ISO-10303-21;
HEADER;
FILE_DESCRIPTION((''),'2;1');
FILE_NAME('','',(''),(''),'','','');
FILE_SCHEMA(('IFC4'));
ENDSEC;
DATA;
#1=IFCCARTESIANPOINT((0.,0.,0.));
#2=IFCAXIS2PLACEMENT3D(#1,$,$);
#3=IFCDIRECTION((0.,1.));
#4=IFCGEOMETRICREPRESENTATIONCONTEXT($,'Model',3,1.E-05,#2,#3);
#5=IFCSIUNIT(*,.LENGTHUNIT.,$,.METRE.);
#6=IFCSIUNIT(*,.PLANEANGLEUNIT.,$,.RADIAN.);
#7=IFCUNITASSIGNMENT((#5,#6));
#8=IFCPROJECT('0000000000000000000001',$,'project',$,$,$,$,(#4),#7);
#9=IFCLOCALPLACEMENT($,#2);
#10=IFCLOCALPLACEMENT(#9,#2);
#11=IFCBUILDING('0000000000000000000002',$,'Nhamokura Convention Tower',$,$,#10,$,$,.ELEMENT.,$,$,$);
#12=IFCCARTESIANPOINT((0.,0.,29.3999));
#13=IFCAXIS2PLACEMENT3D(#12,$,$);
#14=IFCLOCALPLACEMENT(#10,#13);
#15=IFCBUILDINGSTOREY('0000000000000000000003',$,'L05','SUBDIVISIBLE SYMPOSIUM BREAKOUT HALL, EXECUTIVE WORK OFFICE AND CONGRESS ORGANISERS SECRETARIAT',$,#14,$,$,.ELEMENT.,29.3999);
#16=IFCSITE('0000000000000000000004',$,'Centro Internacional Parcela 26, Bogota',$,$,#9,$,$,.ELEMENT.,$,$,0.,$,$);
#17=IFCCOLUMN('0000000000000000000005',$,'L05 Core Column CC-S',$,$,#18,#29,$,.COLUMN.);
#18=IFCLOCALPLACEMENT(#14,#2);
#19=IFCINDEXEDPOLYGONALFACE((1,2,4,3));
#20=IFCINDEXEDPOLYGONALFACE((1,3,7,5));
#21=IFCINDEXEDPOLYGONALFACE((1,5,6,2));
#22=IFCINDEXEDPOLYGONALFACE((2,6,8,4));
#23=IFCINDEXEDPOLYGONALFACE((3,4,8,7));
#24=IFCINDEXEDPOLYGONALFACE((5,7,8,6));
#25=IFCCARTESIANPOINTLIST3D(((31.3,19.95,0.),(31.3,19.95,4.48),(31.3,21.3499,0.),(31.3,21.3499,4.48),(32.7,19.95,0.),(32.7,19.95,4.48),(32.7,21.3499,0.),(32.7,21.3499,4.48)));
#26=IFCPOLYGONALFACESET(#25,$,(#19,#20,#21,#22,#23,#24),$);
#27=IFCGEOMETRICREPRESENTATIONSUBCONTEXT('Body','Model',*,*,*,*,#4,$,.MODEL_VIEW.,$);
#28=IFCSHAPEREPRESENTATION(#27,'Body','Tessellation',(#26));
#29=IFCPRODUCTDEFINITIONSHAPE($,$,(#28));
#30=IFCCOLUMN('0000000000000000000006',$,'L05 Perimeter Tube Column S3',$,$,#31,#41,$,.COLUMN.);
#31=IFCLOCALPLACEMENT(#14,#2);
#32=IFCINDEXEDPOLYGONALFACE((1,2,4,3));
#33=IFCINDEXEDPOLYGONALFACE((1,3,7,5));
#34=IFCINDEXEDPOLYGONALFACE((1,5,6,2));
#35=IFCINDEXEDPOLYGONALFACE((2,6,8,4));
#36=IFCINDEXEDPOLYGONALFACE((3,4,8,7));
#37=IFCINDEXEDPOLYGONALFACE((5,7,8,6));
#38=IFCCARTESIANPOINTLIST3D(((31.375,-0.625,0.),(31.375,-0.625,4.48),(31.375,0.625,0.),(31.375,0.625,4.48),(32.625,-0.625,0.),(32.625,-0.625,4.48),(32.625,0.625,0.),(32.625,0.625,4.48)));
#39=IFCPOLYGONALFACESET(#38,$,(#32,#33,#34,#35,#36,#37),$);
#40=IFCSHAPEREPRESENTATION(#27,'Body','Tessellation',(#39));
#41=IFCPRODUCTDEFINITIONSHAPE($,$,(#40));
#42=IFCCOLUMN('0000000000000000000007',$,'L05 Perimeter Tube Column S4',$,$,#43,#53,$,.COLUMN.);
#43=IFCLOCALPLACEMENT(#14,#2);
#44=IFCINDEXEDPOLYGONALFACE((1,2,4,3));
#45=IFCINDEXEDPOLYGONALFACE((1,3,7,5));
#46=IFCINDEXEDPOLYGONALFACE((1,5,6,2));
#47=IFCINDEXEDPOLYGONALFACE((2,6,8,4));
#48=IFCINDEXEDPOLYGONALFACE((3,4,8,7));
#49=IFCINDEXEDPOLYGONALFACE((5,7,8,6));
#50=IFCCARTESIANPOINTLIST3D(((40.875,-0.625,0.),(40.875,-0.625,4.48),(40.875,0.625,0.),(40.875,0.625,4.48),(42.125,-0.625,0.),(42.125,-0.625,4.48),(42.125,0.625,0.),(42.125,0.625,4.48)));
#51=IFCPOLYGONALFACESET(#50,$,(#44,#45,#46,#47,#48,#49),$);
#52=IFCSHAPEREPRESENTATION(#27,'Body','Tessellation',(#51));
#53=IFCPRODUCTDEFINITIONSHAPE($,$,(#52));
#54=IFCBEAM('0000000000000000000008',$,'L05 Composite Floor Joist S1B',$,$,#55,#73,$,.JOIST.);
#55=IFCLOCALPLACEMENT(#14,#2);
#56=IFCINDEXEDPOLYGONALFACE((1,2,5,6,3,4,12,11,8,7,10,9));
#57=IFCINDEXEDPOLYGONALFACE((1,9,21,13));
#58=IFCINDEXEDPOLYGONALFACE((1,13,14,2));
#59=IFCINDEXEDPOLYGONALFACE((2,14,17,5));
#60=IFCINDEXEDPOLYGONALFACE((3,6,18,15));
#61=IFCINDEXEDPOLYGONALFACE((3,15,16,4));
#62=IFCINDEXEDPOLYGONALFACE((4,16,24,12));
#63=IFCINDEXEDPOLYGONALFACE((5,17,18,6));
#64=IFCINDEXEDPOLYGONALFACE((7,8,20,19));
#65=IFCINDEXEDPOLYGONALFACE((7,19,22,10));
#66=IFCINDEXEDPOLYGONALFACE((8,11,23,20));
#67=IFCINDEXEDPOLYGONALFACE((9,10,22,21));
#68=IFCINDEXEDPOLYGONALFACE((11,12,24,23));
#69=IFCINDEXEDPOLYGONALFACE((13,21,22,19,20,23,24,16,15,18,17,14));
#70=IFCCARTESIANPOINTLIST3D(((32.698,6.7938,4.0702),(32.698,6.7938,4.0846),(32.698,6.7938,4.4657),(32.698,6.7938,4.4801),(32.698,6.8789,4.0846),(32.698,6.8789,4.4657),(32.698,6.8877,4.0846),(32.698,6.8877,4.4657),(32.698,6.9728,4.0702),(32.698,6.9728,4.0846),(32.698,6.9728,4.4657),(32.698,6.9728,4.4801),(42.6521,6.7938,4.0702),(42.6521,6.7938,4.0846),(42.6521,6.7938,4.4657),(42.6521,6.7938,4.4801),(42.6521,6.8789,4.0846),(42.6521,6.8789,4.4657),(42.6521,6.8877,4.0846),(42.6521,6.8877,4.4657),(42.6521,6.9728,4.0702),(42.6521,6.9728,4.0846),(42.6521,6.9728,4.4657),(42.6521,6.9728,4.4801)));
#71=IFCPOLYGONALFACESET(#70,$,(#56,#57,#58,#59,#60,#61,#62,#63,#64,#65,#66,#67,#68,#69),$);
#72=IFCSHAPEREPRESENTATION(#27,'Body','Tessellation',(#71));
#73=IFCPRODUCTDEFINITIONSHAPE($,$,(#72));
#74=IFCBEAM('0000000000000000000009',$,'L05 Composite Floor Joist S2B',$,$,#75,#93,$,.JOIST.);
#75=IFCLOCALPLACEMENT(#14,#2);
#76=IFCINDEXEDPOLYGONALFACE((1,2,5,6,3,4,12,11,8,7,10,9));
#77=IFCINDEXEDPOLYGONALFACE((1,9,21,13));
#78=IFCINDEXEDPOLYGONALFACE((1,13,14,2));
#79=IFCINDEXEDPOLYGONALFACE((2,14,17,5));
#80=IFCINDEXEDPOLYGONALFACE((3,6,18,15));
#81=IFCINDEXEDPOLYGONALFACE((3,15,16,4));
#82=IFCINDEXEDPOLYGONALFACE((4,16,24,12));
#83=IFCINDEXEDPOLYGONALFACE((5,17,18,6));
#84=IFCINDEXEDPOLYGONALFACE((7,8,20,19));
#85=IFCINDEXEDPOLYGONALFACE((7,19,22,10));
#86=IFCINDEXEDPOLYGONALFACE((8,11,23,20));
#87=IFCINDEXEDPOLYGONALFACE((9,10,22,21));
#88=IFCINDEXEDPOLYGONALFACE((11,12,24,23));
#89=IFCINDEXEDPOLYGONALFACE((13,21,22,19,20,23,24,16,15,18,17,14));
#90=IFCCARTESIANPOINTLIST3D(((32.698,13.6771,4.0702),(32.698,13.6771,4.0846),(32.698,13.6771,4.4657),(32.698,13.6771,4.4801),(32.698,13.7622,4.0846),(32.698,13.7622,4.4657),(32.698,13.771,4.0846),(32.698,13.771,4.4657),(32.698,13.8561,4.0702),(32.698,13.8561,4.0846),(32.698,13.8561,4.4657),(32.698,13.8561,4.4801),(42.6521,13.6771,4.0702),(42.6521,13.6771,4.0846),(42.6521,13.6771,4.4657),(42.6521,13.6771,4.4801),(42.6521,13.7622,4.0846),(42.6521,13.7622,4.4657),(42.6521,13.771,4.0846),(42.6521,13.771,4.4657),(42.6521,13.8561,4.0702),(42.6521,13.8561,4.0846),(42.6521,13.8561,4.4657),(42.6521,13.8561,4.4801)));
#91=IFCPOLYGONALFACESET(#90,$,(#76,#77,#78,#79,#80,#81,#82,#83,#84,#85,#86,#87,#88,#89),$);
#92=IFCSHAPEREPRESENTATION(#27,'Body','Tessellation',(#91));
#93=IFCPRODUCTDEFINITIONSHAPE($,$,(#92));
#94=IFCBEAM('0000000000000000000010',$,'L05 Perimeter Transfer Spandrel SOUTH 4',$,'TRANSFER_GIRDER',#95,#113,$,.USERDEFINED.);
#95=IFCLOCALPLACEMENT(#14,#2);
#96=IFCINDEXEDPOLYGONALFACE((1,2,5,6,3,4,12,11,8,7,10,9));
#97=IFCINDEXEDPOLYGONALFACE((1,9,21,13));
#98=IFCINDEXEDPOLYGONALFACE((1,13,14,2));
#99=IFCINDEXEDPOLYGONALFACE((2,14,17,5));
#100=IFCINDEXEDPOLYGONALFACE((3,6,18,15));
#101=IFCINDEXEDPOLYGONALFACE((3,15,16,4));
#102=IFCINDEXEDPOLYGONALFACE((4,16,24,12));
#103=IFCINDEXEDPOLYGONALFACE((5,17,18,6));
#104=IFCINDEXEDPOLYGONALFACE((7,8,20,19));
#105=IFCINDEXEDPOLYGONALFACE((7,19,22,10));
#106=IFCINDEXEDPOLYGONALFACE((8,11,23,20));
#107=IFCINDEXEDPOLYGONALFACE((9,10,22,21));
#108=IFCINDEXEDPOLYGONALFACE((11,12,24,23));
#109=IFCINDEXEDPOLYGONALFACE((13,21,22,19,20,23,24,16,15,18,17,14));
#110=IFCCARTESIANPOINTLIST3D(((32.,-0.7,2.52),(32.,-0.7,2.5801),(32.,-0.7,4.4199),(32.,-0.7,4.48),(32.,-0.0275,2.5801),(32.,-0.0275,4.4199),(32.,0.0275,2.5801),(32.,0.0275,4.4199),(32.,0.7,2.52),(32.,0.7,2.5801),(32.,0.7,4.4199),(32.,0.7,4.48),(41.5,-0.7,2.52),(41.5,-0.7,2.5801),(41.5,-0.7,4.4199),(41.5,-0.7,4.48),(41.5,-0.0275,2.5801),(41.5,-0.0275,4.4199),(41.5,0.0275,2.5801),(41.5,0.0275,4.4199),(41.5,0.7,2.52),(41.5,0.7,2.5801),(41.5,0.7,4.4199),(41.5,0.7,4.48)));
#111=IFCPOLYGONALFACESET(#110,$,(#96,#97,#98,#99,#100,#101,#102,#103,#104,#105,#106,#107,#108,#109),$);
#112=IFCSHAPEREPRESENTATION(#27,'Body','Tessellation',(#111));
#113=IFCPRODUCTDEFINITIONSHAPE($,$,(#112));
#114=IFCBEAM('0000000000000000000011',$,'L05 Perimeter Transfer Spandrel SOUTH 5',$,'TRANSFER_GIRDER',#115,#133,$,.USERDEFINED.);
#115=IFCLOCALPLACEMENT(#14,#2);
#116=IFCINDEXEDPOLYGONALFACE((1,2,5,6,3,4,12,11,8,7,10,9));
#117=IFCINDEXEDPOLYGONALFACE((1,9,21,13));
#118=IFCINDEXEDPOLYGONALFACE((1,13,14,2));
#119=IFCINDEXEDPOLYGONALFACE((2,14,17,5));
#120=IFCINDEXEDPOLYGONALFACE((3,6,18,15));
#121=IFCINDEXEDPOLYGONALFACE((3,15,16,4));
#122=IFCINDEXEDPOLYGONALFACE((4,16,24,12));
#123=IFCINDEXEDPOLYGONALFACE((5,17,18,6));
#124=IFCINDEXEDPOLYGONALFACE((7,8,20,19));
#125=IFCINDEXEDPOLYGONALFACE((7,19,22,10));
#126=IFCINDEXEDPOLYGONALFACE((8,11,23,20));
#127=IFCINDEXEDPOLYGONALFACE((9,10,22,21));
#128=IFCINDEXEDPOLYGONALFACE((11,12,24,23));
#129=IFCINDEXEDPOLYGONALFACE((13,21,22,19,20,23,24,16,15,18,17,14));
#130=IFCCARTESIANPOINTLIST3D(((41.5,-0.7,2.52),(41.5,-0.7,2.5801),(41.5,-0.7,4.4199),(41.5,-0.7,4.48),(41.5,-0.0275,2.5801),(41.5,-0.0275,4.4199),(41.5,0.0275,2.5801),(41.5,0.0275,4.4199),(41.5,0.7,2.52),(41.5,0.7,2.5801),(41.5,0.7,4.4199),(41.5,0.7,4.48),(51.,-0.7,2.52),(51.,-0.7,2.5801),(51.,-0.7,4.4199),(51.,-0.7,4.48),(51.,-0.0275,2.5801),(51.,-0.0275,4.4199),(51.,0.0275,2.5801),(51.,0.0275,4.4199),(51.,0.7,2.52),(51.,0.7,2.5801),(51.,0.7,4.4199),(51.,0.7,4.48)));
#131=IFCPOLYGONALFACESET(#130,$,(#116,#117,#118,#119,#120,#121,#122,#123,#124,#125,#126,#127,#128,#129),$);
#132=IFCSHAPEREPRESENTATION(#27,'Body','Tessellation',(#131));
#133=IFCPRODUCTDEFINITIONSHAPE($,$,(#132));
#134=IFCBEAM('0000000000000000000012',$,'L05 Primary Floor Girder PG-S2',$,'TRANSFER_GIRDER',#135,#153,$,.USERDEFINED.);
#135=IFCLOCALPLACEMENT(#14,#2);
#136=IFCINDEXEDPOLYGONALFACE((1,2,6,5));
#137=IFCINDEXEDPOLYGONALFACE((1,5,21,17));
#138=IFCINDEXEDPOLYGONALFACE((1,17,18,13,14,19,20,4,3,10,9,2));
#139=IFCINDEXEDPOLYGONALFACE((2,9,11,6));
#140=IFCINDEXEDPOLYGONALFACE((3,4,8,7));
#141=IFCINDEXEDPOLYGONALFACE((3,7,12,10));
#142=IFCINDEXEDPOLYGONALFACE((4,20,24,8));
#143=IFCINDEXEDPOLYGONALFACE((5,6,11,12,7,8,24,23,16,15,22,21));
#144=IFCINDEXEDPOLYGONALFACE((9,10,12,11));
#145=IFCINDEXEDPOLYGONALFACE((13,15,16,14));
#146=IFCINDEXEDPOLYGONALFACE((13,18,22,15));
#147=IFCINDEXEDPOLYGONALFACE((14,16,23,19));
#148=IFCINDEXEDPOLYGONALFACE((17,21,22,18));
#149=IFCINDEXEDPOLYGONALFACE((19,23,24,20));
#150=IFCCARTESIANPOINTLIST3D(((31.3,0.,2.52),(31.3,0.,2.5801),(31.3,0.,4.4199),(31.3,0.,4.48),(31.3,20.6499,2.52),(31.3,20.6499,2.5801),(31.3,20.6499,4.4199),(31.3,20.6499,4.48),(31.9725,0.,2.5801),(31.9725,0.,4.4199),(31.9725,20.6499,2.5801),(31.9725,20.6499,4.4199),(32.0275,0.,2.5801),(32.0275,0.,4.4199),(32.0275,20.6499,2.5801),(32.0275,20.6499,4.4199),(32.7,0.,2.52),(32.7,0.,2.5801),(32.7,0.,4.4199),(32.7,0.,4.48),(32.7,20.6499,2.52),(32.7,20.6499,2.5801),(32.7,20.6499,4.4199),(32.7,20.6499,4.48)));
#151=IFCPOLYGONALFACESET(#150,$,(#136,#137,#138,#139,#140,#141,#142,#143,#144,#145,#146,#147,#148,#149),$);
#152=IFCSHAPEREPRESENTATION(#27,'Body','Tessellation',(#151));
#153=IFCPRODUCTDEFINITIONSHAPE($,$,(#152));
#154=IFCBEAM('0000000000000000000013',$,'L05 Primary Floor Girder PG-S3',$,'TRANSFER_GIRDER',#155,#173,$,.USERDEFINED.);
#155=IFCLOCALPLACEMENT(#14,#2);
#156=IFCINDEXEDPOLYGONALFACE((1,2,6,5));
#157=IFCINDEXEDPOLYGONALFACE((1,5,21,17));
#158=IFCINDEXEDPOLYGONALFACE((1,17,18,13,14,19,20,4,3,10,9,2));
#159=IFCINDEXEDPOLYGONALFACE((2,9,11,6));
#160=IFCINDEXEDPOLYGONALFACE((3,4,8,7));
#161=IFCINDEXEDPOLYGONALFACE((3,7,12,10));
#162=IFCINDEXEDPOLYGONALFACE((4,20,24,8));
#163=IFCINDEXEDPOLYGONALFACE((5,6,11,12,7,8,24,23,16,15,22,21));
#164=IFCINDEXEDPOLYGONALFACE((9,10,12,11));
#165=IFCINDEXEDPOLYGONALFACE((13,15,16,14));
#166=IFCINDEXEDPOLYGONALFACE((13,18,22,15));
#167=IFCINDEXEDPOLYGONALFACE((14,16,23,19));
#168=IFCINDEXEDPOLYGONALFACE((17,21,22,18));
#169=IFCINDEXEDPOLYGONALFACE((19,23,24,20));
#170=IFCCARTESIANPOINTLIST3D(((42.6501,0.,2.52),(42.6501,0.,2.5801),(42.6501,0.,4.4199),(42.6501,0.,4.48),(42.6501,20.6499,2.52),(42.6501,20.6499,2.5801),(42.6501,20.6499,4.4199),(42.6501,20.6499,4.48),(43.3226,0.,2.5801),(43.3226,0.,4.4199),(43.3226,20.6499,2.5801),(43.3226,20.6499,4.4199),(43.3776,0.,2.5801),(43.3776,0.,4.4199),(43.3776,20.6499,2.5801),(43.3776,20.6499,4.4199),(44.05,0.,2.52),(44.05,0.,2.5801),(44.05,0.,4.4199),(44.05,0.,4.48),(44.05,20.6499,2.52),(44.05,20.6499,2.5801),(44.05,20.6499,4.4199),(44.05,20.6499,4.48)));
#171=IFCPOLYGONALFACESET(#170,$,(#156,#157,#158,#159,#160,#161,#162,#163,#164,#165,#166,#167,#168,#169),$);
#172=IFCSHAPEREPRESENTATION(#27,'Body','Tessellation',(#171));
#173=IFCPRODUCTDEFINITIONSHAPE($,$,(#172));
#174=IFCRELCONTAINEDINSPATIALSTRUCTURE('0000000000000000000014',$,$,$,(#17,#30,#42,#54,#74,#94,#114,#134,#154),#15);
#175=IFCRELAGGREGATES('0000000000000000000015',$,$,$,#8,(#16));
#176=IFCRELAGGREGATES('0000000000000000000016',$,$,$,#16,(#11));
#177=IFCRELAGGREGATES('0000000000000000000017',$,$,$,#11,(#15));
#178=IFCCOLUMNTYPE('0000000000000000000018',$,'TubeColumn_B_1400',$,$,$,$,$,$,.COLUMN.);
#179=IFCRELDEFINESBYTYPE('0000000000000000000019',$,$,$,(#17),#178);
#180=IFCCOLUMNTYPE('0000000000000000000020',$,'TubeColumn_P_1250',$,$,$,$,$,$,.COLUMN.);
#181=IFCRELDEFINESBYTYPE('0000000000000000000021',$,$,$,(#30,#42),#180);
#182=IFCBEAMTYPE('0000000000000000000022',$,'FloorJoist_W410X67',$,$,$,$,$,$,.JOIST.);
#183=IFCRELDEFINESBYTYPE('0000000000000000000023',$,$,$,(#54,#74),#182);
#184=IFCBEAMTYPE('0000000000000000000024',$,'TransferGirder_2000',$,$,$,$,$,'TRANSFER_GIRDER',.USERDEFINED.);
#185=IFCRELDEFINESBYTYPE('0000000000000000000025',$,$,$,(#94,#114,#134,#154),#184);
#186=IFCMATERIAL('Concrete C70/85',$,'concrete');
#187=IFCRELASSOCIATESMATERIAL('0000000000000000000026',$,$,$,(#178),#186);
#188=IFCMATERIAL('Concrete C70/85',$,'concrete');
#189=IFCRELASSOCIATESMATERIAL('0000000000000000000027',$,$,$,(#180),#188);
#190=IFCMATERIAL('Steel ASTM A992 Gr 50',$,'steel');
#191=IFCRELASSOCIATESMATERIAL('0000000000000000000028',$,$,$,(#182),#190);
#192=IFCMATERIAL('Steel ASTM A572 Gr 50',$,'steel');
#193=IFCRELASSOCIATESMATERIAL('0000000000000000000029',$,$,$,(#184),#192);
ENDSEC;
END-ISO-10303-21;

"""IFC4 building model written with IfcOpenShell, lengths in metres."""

from ifc_helpers import new_model, si_unit, direction, frame, origin, origin_2d, place, context, subcontext, project, spatial, rectangle, i_section, extrude, material, material_profile, profile_set, type_object, element, save


model = new_model("IFC4")

# Units and contexts
model_context = context("Model", 3, precision=1e-05, world=origin(), true_north=direction((0.0, 1.0)))
body_context = subcontext(model_context, "Body", "Model", "MODEL_VIEW")
ifc_project = project(units=[si_unit("LENGTHUNIT", "METRE"), si_unit("PLANEANGLEUNIT", "RADIAN")], contexts=[model_context])

# Site, building, storey
site_placement = place(None, origin())
site = spatial("IfcSite", under=ifc_project, at=site_placement, Name="Centro Internacional Parcela 26, Bogota", CompositionType="ELEMENT", RefElevation=0.0)
building_placement = place(site_placement, origin())
building = spatial("IfcBuilding", under=site, at=building_placement, Name="Nhamokura Convention Tower", CompositionType="ELEMENT")
storey_placement = place(building_placement, frame((0.0, 0.0, 29.3999)))
storey = spatial("IfcBuildingStorey", under=building, at=storey_placement, Name="L05", Description="SUBDIVISIBLE SYMPOSIUM BREAKOUT HALL, EXECUTIVE WORK OFFICE AND CONGRESS ORGANISERS SECRETARIAT", CompositionType="ELEMENT", Elevation=29.3999)

# Columns
ifc_material_1 = material(Name="Concrete C70/85", Category="concrete")
ifc_material_profile_1 = material_profile(ifc_material_1, rectangle(XDim=1.3999, YDim=1.3999, at=origin_2d()))
ifc_profile_set_1 = profile_set([ifc_material_profile_1], Name="Concrete C70/85")
column_type_1 = type_object("IfcColumnType", Name="TubeColumn_B_1400", PredefinedType="COLUMN", material=ifc_profile_set_1)
column_placement = place(storey_placement, frame((32.0, 20.6499, 0.0), z_axis=(0.0, 0.0, 1.0), x_axis=(1.0, 0.0, 0.0)))
element("IfcColumn", 1, at=column_placement, inside=storey, type_object=column_type_1, Name="L05 Core Column CC-S", PredefinedType="COLUMN", context=body_context, shape_type="SweptSolid", body=[
    extrude(rectangle(XDim=1.3999, YDim=1.3999, at=origin_2d()), origin(), (0.0, 0.0, 1.0), 4.48),
])
ifc_material_2 = material(Name="Concrete C70/85", Category="concrete")
ifc_material_profile_2 = material_profile(ifc_material_2, rectangle(XDim=1.25, YDim=1.25, at=origin_2d()))
ifc_profile_set_2 = profile_set([ifc_material_profile_2], Name="Concrete C70/85")
column_type_2 = type_object("IfcColumnType", Name="TubeColumn_P_1250", PredefinedType="COLUMN", material=ifc_profile_set_2)
for number, where, z_axis, x_axis, name in (
    (2, (32.0, 0.0, 0.0), (0.0, 0.0, 1.0), (1.0, 0.0, 0.0), "L05 Perimeter Tube Column S3"),
    (3, (41.5, 0.0, 0.0), (0.0, 0.0, 1.0), (1.0, 0.0, 0.0), "L05 Perimeter Tube Column S4"),
):
    element("IfcColumn", number, at=place(storey_placement, frame(where, z_axis=z_axis, x_axis=x_axis)), inside=storey, type_object=column_type_2, Name=name, PredefinedType="COLUMN", context=body_context, shape_type="SweptSolid", body=[
        extrude(rectangle(XDim=1.25, YDim=1.25, at=origin_2d()), origin(), (0.0, 0.0, 1.0), 4.48),
    ])

# Beams
ifc_material_3 = material(Name="Steel ASTM A992 Gr 50", Category="steel")
ifc_material_profile_3 = material_profile(ifc_material_3, i_section(OverallWidth=0.179, OverallDepth=0.4099, WebThickness=0.0088, FlangeThickness=0.0144, at=origin_2d()))
ifc_profile_set_3 = profile_set([ifc_material_profile_3], Name="Steel ASTM A992 Gr 50")
beam_type_1 = type_object("IfcBeamType", Name="FloorJoist_W410X67", PredefinedType="JOIST", material=ifc_profile_set_3)
for number, where, z_axis, x_axis, name in (
    (4, (32.698, 6.8833, 4.2751), (1.0, 0.0, 0.0), (0.0, 1.0, 0.0), "L05 Composite Floor Joist S1B"),
    (5, (32.698, 13.7666, 4.2751), (1.0, 0.0, 0.0), (0.0, 1.0, 0.0), "L05 Composite Floor Joist S2B"),
):
    element("IfcBeam", number, at=place(storey_placement, frame(where, z_axis=z_axis, x_axis=x_axis)), inside=storey, type_object=beam_type_1, Name=name, PredefinedType="JOIST", context=body_context, shape_type="SweptSolid", body=[
        extrude(i_section(OverallWidth=0.179, OverallDepth=0.4099, WebThickness=0.0088, FlangeThickness=0.0144, at=origin_2d()), origin(), (0.0, 0.0, 1.0), 9.9541),
    ])
ifc_material_4 = material(Name="Steel ASTM A572 Gr 50", Category="steel")
ifc_material_profile_4 = material_profile(ifc_material_4, i_section(OverallWidth=1.3999, OverallDepth=1.96, WebThickness=0.0549, FlangeThickness=0.0601, at=origin_2d()))
ifc_profile_set_4 = profile_set([ifc_material_profile_4], Name="Steel ASTM A572 Gr 50")
beam_type_2 = type_object("IfcBeamType", Name="TransferGirder_2000", ElementType="TRANSFER_GIRDER", PredefinedType="USERDEFINED", material=ifc_profile_set_4)
for number, where, z_axis, x_axis, name in (
    (6, (32.0, 0.0, 3.5), (1.0, 0.0, 0.0), (0.0, 1.0, 0.0), "L05 Perimeter Transfer Spandrel SOUTH 4"),
    (7, (41.5, 0.0, 3.5), (1.0, 0.0, 0.0), (0.0, 1.0, 0.0), "L05 Perimeter Transfer Spandrel SOUTH 5"),
):
    element("IfcBeam", number, at=place(storey_placement, frame(where, z_axis=z_axis, x_axis=x_axis)), inside=storey, type_object=beam_type_2, Name=name, ObjectType="TRANSFER_GIRDER", PredefinedType="USERDEFINED", context=body_context, shape_type="SweptSolid", body=[
        extrude(i_section(OverallWidth=1.3999, OverallDepth=1.96, WebThickness=0.0549, FlangeThickness=0.0601, at=origin_2d()), origin(), (0.0, 0.0, 1.0), 9.5),
    ])
for number, where, z_axis, x_axis, name in (
    (8, (32.0, 0.0, 3.5), (0.0, 1.0, 0.0), (-1.0, 0.0, 0.0), "L05 Primary Floor Girder PG-S2"),
    (9, (43.3501, 0.0, 3.5), (0.0, 1.0, 0.0), (-1.0, 0.0, 0.0), "L05 Primary Floor Girder PG-S3"),
):
    element("IfcBeam", number, at=place(storey_placement, frame(where, z_axis=z_axis, x_axis=x_axis)), inside=storey, type_object=beam_type_2, Name=name, ObjectType="TRANSFER_GIRDER", PredefinedType="USERDEFINED", context=body_context, shape_type="SweptSolid", body=[
        extrude(i_section(OverallWidth=1.3999, OverallDepth=1.96, WebThickness=0.0549, FlangeThickness=0.0601, at=origin_2d()), origin(), (0.0, 0.0, 1.0), 20.6499),
    ])

save(model, "model.ifc")
